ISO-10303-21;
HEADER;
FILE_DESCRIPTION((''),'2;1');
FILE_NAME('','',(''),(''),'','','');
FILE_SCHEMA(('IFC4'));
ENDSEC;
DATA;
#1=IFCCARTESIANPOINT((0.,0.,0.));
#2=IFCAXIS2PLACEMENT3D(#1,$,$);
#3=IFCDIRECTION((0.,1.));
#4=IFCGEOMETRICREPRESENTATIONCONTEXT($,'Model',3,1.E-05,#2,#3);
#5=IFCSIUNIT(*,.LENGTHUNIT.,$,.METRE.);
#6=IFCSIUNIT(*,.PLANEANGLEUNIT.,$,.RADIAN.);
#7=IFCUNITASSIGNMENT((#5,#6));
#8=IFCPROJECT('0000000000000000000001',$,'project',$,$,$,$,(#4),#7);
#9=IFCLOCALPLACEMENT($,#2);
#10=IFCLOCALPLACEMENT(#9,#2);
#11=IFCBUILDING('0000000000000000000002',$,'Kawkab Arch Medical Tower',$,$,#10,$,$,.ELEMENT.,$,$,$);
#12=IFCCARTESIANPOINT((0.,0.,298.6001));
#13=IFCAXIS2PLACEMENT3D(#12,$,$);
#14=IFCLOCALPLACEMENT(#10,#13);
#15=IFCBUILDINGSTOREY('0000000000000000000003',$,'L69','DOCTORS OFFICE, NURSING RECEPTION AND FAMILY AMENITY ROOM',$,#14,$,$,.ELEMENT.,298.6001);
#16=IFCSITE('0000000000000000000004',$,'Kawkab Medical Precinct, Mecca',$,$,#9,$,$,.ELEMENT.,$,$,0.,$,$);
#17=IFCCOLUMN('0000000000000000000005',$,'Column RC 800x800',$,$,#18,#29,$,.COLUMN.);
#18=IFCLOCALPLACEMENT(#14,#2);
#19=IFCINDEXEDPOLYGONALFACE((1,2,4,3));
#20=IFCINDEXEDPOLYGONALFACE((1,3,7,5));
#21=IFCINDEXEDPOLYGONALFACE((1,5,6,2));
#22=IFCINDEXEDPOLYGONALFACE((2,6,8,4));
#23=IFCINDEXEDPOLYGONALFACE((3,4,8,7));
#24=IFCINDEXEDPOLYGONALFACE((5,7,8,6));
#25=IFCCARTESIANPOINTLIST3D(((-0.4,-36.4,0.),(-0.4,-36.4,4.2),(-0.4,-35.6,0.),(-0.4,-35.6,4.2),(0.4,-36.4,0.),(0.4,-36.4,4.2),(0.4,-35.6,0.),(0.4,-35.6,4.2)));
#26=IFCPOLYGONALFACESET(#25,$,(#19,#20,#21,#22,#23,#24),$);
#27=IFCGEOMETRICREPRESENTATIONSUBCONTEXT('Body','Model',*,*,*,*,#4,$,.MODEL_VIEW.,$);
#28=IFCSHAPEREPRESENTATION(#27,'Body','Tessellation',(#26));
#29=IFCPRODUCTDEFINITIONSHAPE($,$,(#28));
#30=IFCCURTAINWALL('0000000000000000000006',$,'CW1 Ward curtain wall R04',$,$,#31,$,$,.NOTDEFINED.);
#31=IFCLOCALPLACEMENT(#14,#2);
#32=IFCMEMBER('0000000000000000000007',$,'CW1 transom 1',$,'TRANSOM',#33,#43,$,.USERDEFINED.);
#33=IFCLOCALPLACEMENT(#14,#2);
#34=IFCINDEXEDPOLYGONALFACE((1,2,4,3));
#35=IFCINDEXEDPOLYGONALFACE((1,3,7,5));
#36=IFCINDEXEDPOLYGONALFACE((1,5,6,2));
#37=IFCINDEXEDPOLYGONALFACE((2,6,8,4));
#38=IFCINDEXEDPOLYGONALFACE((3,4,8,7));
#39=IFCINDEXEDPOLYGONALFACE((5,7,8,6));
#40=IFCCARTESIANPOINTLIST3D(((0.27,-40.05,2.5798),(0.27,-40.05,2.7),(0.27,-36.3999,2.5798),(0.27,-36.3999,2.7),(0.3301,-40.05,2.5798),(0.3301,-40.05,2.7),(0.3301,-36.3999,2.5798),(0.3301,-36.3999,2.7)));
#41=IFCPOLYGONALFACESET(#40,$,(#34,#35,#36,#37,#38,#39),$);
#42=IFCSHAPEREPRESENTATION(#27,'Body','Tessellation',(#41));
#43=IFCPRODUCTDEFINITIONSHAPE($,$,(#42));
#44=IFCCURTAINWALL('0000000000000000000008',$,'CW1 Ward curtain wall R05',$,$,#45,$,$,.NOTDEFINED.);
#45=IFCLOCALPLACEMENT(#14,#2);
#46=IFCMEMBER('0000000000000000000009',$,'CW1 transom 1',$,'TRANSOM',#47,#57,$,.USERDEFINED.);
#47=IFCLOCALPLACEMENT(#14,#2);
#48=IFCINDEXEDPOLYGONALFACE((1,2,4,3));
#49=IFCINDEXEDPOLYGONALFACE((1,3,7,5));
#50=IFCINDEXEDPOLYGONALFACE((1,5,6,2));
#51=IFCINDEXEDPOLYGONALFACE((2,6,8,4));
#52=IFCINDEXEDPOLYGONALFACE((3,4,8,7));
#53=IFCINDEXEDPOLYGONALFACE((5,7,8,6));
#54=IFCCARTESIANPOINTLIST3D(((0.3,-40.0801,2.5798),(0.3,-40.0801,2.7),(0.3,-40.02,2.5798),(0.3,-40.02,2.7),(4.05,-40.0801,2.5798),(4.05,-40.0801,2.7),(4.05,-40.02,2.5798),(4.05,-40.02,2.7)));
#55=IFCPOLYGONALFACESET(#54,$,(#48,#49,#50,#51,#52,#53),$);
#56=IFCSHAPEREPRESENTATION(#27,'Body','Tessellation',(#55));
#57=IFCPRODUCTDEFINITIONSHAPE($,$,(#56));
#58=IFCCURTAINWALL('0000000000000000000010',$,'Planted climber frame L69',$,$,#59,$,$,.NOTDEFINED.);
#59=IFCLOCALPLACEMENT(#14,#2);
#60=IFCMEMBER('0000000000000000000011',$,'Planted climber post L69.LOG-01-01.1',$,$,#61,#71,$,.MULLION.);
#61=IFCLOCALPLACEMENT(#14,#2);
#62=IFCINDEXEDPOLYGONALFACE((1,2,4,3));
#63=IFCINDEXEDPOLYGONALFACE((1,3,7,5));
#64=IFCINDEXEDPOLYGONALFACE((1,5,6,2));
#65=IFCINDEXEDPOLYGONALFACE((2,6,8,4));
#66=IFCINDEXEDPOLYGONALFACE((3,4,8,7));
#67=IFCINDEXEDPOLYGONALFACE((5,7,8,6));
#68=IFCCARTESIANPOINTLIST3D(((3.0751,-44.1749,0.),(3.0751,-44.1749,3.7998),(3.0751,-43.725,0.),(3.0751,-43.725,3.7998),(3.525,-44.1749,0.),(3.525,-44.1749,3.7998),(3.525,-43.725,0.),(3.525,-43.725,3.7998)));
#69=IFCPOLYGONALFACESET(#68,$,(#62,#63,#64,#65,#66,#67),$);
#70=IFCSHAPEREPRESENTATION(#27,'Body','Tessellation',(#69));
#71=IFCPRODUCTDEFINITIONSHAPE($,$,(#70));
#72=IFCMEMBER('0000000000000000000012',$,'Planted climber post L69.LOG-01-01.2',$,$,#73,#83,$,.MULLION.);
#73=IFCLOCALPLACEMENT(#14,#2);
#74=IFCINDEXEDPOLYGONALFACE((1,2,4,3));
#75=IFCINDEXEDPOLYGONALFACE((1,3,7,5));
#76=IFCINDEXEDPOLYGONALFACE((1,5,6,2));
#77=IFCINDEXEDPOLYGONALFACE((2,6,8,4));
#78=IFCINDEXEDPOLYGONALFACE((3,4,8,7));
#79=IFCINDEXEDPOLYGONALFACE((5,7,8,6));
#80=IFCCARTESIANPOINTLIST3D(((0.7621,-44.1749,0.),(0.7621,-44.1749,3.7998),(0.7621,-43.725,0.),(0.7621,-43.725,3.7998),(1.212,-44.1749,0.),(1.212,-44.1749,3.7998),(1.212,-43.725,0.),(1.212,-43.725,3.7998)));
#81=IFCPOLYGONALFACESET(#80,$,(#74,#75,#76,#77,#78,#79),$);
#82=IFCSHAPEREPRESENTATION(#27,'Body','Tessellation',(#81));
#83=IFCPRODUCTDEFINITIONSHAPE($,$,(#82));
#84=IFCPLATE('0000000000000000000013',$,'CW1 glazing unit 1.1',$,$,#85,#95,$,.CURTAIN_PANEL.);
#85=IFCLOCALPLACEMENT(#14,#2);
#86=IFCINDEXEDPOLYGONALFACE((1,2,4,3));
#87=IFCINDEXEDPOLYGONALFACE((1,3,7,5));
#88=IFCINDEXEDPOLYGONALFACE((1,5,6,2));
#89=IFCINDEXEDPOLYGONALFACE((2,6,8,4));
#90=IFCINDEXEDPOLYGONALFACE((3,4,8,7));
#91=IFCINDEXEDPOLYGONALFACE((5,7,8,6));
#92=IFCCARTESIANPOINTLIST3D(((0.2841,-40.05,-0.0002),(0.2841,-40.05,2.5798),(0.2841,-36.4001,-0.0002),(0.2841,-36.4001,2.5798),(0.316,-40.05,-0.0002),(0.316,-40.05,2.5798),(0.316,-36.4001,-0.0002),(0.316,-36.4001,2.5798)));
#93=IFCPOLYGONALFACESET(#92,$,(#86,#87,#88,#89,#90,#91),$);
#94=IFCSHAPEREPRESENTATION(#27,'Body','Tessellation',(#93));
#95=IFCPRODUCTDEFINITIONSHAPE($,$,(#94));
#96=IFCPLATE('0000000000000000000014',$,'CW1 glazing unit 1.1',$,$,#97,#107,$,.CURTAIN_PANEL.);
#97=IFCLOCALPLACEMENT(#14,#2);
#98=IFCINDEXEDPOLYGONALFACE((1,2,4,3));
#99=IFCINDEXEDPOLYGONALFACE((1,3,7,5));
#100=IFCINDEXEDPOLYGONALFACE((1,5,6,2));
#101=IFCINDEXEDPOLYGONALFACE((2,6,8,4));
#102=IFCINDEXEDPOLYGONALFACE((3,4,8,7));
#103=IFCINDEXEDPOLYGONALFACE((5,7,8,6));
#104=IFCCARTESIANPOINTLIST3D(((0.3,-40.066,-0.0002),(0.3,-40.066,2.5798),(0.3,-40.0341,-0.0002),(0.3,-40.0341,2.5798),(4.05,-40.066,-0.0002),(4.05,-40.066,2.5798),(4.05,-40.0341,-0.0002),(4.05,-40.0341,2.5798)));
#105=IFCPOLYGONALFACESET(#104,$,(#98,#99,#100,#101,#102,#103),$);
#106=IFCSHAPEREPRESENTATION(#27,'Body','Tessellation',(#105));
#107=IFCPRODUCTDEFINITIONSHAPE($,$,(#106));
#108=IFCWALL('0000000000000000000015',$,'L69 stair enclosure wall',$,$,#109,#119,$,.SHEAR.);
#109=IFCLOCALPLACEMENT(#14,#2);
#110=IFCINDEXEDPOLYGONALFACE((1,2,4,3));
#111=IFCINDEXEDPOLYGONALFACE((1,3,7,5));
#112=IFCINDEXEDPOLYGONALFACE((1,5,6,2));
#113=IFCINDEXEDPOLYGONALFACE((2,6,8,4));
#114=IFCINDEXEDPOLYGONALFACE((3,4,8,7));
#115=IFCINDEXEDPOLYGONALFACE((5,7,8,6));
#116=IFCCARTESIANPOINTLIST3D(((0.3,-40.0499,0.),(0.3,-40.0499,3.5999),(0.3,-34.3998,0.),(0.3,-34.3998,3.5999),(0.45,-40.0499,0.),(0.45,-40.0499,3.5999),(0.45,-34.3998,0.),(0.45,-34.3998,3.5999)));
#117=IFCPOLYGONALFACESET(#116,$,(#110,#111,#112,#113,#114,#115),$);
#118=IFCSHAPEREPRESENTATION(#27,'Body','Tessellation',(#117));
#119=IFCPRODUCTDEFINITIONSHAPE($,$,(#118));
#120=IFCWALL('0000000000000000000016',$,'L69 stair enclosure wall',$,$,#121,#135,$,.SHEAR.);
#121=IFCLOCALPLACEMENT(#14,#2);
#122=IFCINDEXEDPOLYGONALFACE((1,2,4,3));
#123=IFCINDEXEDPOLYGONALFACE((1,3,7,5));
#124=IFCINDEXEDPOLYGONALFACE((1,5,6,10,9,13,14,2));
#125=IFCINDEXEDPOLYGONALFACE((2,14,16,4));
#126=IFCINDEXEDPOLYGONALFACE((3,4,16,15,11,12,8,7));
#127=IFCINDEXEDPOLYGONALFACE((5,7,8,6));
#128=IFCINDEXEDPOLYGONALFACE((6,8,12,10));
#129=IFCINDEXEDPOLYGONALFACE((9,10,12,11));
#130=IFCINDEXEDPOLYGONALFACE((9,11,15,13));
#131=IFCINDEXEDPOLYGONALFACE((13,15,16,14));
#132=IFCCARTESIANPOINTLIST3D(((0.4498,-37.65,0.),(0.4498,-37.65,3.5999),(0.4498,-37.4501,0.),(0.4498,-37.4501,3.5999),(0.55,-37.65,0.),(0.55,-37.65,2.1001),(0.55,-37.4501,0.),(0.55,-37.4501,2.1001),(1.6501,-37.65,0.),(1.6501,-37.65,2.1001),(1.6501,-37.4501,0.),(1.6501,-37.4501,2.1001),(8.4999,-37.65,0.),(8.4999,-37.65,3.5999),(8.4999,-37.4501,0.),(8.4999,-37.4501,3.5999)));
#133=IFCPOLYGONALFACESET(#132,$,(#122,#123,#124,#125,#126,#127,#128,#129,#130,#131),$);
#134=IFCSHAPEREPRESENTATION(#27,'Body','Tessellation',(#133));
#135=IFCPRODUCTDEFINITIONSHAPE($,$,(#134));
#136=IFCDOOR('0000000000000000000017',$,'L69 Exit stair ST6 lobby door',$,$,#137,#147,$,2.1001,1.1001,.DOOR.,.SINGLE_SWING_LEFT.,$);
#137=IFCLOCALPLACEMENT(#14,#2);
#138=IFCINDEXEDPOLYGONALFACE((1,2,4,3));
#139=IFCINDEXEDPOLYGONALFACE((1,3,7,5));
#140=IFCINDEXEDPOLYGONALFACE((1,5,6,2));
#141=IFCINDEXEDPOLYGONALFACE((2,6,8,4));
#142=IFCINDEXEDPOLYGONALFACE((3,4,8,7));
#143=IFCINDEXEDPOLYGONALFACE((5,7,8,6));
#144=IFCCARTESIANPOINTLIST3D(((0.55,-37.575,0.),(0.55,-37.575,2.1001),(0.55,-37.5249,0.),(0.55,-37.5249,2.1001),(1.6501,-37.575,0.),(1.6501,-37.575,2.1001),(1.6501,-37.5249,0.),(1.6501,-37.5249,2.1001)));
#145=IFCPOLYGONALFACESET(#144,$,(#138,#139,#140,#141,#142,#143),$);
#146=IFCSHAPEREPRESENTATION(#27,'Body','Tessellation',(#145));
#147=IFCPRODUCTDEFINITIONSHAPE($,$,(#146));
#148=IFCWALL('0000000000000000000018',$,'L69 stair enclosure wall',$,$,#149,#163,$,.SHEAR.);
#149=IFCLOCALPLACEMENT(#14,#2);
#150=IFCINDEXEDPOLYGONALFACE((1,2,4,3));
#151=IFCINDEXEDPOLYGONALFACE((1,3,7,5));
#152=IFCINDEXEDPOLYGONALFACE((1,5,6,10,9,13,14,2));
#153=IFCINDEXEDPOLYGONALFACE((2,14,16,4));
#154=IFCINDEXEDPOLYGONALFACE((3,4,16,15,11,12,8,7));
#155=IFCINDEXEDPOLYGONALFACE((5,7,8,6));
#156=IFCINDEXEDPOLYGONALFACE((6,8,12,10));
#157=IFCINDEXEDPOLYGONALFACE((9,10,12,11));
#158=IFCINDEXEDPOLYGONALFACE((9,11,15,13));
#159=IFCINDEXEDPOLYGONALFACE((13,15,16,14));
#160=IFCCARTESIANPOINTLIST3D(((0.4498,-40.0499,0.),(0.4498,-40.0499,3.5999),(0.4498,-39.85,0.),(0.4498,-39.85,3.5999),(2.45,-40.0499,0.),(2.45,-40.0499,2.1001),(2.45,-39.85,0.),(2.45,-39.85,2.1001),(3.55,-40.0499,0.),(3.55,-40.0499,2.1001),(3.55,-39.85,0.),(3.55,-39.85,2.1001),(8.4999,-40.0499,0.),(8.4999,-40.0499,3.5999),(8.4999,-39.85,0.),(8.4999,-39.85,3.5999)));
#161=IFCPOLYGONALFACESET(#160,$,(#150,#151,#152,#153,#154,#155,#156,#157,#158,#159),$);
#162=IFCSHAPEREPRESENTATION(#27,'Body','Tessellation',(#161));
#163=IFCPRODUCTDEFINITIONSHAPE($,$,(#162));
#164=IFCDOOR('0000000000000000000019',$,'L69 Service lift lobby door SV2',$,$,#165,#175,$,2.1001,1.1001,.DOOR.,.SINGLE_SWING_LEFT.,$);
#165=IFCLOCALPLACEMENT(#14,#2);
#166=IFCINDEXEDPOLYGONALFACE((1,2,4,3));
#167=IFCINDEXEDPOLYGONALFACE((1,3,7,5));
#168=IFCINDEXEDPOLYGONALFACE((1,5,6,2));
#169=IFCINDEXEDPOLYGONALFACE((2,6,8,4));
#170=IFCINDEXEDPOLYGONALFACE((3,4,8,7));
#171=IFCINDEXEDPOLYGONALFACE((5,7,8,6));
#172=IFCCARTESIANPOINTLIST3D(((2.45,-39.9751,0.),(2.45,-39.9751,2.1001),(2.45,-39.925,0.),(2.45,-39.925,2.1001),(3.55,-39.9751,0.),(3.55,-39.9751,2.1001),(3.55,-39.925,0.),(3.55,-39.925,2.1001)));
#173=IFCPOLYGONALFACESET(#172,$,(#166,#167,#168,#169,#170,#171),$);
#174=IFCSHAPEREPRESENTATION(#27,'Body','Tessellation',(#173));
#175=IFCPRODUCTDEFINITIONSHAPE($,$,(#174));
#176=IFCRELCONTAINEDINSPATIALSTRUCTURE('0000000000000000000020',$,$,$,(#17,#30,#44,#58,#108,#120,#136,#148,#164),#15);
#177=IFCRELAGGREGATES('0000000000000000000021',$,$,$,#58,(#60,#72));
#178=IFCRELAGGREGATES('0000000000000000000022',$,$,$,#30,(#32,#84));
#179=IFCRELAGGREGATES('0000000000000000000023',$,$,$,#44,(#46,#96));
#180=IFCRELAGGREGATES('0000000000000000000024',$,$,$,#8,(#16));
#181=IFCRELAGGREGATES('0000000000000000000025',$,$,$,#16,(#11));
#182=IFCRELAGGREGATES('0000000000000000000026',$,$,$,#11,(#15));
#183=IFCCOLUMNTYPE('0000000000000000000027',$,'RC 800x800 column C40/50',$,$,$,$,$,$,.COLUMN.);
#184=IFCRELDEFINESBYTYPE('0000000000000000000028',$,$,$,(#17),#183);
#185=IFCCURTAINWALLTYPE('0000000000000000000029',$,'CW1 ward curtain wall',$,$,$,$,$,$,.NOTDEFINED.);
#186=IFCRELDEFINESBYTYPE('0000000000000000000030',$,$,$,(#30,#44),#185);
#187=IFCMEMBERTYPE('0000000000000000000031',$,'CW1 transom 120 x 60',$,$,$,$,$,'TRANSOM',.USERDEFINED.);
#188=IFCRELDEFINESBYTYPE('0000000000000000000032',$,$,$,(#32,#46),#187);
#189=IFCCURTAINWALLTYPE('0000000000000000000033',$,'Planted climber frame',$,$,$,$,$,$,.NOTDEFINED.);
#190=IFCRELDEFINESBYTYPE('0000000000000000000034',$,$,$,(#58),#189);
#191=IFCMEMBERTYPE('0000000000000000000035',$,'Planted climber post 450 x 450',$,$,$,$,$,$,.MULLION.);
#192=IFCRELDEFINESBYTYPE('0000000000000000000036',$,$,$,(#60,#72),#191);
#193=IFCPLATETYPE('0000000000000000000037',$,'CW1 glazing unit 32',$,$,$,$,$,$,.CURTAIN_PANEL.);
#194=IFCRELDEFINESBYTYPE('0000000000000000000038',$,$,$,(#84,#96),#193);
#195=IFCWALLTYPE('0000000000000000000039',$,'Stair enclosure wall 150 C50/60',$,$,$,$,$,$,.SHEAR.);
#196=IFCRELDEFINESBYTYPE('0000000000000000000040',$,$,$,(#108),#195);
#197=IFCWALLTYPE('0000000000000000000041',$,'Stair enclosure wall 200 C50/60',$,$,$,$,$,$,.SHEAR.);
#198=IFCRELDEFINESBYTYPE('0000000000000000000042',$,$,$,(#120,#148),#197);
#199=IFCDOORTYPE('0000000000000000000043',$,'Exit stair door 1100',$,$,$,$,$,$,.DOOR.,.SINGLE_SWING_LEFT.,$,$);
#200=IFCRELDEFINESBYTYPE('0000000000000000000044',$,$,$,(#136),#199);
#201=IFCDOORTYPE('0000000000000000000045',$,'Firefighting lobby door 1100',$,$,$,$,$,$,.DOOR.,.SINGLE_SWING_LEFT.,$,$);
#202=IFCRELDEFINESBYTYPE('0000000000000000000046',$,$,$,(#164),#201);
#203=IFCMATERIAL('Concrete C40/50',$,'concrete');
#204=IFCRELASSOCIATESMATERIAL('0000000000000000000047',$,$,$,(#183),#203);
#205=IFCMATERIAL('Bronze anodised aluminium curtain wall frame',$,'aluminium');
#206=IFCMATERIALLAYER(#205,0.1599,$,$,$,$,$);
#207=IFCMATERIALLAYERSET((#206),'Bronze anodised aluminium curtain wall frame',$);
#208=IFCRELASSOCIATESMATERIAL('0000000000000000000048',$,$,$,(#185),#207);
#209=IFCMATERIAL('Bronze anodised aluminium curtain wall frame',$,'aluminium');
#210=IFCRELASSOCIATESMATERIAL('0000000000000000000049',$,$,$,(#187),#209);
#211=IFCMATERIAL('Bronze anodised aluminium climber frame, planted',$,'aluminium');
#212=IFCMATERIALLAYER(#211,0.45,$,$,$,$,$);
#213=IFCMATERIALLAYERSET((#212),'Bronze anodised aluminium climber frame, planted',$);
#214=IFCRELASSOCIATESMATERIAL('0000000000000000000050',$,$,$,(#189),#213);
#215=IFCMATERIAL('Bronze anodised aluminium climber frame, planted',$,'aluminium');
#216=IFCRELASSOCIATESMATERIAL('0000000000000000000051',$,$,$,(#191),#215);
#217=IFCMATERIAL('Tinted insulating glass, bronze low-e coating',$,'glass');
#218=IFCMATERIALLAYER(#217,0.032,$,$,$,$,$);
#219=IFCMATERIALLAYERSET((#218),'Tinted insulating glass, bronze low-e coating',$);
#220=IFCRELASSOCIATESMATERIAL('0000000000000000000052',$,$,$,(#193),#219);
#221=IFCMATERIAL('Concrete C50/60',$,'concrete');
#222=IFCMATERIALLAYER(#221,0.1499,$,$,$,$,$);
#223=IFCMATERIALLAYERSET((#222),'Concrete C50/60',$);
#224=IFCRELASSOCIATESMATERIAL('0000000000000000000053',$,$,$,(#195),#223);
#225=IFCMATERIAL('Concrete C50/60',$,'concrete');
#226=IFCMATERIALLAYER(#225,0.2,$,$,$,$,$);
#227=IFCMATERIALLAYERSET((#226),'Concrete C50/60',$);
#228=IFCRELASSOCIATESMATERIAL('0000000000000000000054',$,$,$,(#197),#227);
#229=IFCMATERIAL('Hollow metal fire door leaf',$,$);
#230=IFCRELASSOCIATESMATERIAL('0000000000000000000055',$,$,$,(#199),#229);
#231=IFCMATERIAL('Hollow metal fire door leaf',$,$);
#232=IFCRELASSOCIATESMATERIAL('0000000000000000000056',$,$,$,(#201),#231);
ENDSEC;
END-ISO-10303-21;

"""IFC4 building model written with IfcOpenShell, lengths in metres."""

from ifc_helpers import new_model, si_unit, direction, frame, frame_2d, origin, origin_2d, place, context, subcontext, project, spatial, rectangle, extrude, material, layer, layer_set, material_profile, profile_set, type_object, element, fill, aggregate, save


model = new_model("IFC4")

# Units and contexts
model_context = context("Model", 3, precision=1e-05, world=origin(), true_north=direction((0.0, 1.0)))
body_context = subcontext(model_context, "Body", "Model", "MODEL_VIEW")
ifc_project = project(units=[si_unit("LENGTHUNIT", "METRE"), si_unit("PLANEANGLEUNIT", "RADIAN")], contexts=[model_context])

# Site, building, storey
site_placement = place(None, origin())
site = spatial("IfcSite", under=ifc_project, at=site_placement, Name="Kawkab Medical Precinct, Mecca", CompositionType="ELEMENT", RefElevation=0.0)
building_placement = place(site_placement, origin())
building = spatial("IfcBuilding", under=site, at=building_placement, Name="Kawkab Arch Medical Tower", CompositionType="ELEMENT")
storey_placement = place(building_placement, frame((0.0, 0.0, 298.6001)))
storey = spatial("IfcBuildingStorey", under=building, at=storey_placement, Name="L69", Description="DOCTORS OFFICE, NURSING RECEPTION AND FAMILY AMENITY ROOM", CompositionType="ELEMENT", Elevation=298.6001)

# Column
ifc_material_1 = material(Name="Concrete C40/50", Category="concrete")
ifc_material_profile_1 = material_profile(ifc_material_1, rectangle(XDim=0.8, YDim=0.8, at=origin_2d()), Name="RC 800x800")
ifc_profile_set_1 = profile_set([ifc_material_profile_1], Name="Concrete C40/50")
column_type = type_object("IfcColumnType", Name="RC 800x800 column C40/50", PredefinedType="COLUMN", material=ifc_profile_set_1)
column_placement = place(storey_placement, frame((0.0, -36.0, 0.0), z_axis=(0.0, 0.0, 1.0), x_axis=(1.0, 0.0, 0.0)))
element("IfcColumn", 1, at=column_placement, inside=storey, type_object=column_type, Name="Column RC 800x800", PredefinedType="COLUMN", context=body_context, shape_type="SweptSolid", body=[
    extrude(rectangle(XDim=0.8, YDim=0.8, at=origin_2d()), origin(), (0.0, 0.0, 1.0), 4.2),
])

# Curtain walls, members
ifc_material_2 = material(Name="Bronze anodised aluminium curtain wall frame", Category="aluminium")
ifc_layer_1 = layer(ifc_material_2, 0.1599)
ifc_layer_set_1 = layer_set([ifc_layer_1], Name="Bronze anodised aluminium curtain wall frame")
curtain_wall_type_1 = type_object("IfcCurtainWallType", Name="CW1 ward curtain wall", PredefinedType="NOTDEFINED", material=ifc_layer_set_1)
placement = place(storey_placement, origin())
curtain_wall_1 = element("IfcCurtainWall", 2, at=placement, inside=storey, type_object=curtain_wall_type_1, Name="CW1 Ward curtain wall R04", PredefinedType="NOTDEFINED")
ifc_material_3 = material(Name="Bronze anodised aluminium curtain wall frame", Category="aluminium")
ifc_material_profile_2 = material_profile(ifc_material_3, rectangle(XDim=0.0601, YDim=0.1201, at=origin_2d()), Name="AL 60x120")
ifc_profile_set_2 = profile_set([ifc_material_profile_2], Name="Bronze anodised aluminium curtain wall frame")
member_type_1 = type_object("IfcMemberType", Name="CW1 transom 120 x 60", ElementType="TRANSOM", PredefinedType="USERDEFINED", material=ifc_profile_set_2)
member_1_placement = place(storey_placement, frame((0.3, -36.3999, 2.6399), z_axis=(0.0, -1.0, 0.0), x_axis=(1.0, 0.0, 0.0)))
member_1 = element("IfcMember", 3, at=member_1_placement, type_object=member_type_1, Name="CW1 transom 1", ObjectType="TRANSOM", PredefinedType="USERDEFINED", context=body_context, shape_type="SweptSolid", body=[
    extrude(rectangle(XDim=0.0601, YDim=0.1201, at=origin_2d()), origin(), (0.0, 0.0, 1.0), 3.6501),
])
curtain_wall_2 = element("IfcCurtainWall", 4, at=placement, inside=storey, type_object=curtain_wall_type_1, Name="CW1 Ward curtain wall R05", PredefinedType="NOTDEFINED")
member_2_placement = place(storey_placement, frame((0.3, -40.05, 2.6399), z_axis=(1.0, 0.0, 0.0), x_axis=(0.0, 1.0, 0.0)))
member_2 = element("IfcMember", 5, at=member_2_placement, type_object=member_type_1, Name="CW1 transom 1", ObjectType="TRANSOM", PredefinedType="USERDEFINED", context=body_context, shape_type="SweptSolid", body=[
    extrude(rectangle(XDim=0.0601, YDim=0.1201, at=origin_2d()), origin(), (0.0, 0.0, 1.0), 3.75),
])

# Curtain wall, members
ifc_material_4 = material(Name="Bronze anodised aluminium climber frame, planted", Category="aluminium")
ifc_layer_2 = layer(ifc_material_4, 0.45)
ifc_layer_set_2 = layer_set([ifc_layer_2], Name="Bronze anodised aluminium climber frame, planted")
curtain_wall_type_2 = type_object("IfcCurtainWallType", Name="Planted climber frame", PredefinedType="NOTDEFINED", material=ifc_layer_set_2)
curtain_wall_3 = element("IfcCurtainWall", 6, at=placement, inside=storey, type_object=curtain_wall_type_2, Name="Planted climber frame L69", PredefinedType="NOTDEFINED")
ifc_material_5 = material(Name="Bronze anodised aluminium climber frame, planted", Category="aluminium")
ifc_material_profile_3 = material_profile(ifc_material_5, rectangle(XDim=0.45, YDim=0.45, at=origin_2d()), Name="Post 450x450")
ifc_profile_set_3 = profile_set([ifc_material_profile_3], Name="Bronze anodised aluminium climber frame, planted")
member_type_2 = type_object("IfcMemberType", Name="Planted climber post 450 x 450", PredefinedType="MULLION", material=ifc_profile_set_3)
member_3_placement = place(storey_placement, frame((3.3, -43.95, 0.0), z_axis=(0.0, 0.0, 1.0), x_axis=(1.0, 0.0, 0.0)))
member_3 = element("IfcMember", 7, at=member_3_placement, type_object=member_type_2, Name="Planted climber post L69.LOG-01-01.1", PredefinedType="MULLION", context=body_context, shape_type="SweptSolid", body=[
    extrude(rectangle(XDim=0.45, YDim=0.45, at=origin_2d()), origin(), (0.0, 0.0, 1.0), 3.7998),
])
member_4_placement = place(storey_placement, frame((0.9871, -43.95, 0.0), z_axis=(0.0, 0.0, 1.0), x_axis=(1.0, 0.0, 0.0)))
member_4 = element("IfcMember", 8, at=member_4_placement, type_object=member_type_2, Name="Planted climber post L69.LOG-01-01.2", PredefinedType="MULLION", context=body_context, shape_type="SweptSolid", body=[
    extrude(rectangle(XDim=0.45, YDim=0.45, at=origin_2d()), origin(), (0.0, 0.0, 1.0), 3.7998),
])
aggregate(curtain_wall_3, [member_3, member_4])

# Plates
ifc_material_6 = material(Name="Tinted insulating glass, bronze low-e coating", Category="glass")
ifc_layer_3 = layer(ifc_material_6, 0.032)
ifc_layer_set_3 = layer_set([ifc_layer_3], Name="Tinted insulating glass, bronze low-e coating")
plate_type = type_object("IfcPlateType", Name="CW1 glazing unit 32", PredefinedType="CURTAIN_PANEL", material=ifc_layer_set_3)
plate_1_placement = place(storey_placement, frame((0.3, -38.2251, -0.0002), z_axis=(0.0, 0.0, 1.0), x_axis=(0.0, -1.0, 0.0)))
plate_1 = element("IfcPlate", 9, at=plate_1_placement, type_object=plate_type, Name="CW1 glazing unit 1.1", PredefinedType="CURTAIN_PANEL", context=body_context, shape_type="SweptSolid", body=[
    extrude(rectangle(XDim=3.6499, YDim=0.032, at=origin_2d()), origin(), (0.0, 0.0, 1.0), 2.5801),
])
aggregate(curtain_wall_1, [member_1, plate_1])
plate_2_placement = place(storey_placement, frame((2.175, -40.05, -0.0002), z_axis=(0.0, 0.0, 1.0), x_axis=(1.0, 0.0, 0.0)))
plate_2 = element("IfcPlate", 10, at=plate_2_placement, type_object=plate_type, Name="CW1 glazing unit 1.1", PredefinedType="CURTAIN_PANEL", context=body_context, shape_type="SweptSolid", body=[
    extrude(rectangle(XDim=3.75, YDim=0.032, at=origin_2d()), origin(), (0.0, 0.0, 1.0), 2.5801),
])
aggregate(curtain_wall_2, [member_2, plate_2])

# Wall
ifc_material_7 = material(Name="Concrete C50/60", Category="concrete")
ifc_layer_4 = layer(ifc_material_7, 0.1499)
ifc_layer_set_4 = layer_set([ifc_layer_4], Name="Concrete C50/60")
wall_type_1 = type_object("IfcWallType", Name="Stair enclosure wall 150 C50/60", PredefinedType="SHEAR", material=ifc_layer_set_4)
wall_1_placement = place(storey_placement, frame((0.375, -40.05, 0.0), z_axis=(0.0, 0.0, 1.0), x_axis=(0.0, 1.0, 0.0)))
element("IfcWall", 11, at=wall_1_placement, inside=storey, type_object=wall_type_1, Name="L69 stair enclosure wall", PredefinedType="SHEAR", context=body_context, shape_type="SweptSolid", body=[
    extrude(rectangle(XDim=5.6501, YDim=0.1499, at=frame_2d((2.8252, 0.0))), origin(), (0.0, 0.0, 1.0), 3.5999),
])

# Walls, openings, doors
ifc_material_8 = material(Name="Concrete C50/60", Category="concrete")
ifc_layer_5 = layer(ifc_material_8, 0.2)
ifc_layer_set_5 = layer_set([ifc_layer_5], Name="Concrete C50/60")
wall_type_2 = type_object("IfcWallType", Name="Stair enclosure wall 200 C50/60", PredefinedType="SHEAR", material=ifc_layer_set_5)
wall_2_placement = place(storey_placement, frame((0.45, -37.55, 0.0), z_axis=(0.0, 0.0, 1.0), x_axis=(1.0, 0.0, 0.0)))
wall_2 = element("IfcWall", 12, at=wall_2_placement, inside=storey, type_object=wall_type_2, Name="L69 stair enclosure wall", PredefinedType="SHEAR", context=body_context, shape_type="SweptSolid", body=[
    extrude(rectangle(XDim=8.05, YDim=0.2, at=frame_2d((4.0249, 0.0))), origin(), (0.0, 0.0, 1.0), 3.5999),
])
opening_1_placement = place(wall_2_placement, frame((0.1001, 0.0, 0.0)))
opening_1 = element("IfcOpeningElement", 13, at=opening_1_placement, cuts=wall_2, PredefinedType="OPENING", context=body_context, shape_type="SweptSolid", body=[
    extrude(rectangle(XDim=1.1001, YDim=2.1001, at=frame_2d((0.55, 1.05))), frame((0.0, 0.1099, 0.0), z_axis=(0.0, -1.0, 0.0), x_axis=(1.0, 0.0, 0.0)), (0.0, 0.0, 1.0), 0.22),
])
ifc_material_9 = material(Name="Hollow metal fire door leaf")
door_type_1 = type_object("IfcDoorType", Name="Exit stair door 1100", OperationType="SINGLE_SWING_LEFT", PredefinedType="DOOR", material=ifc_material_9)
door_1_placement = place(opening_1_placement, frame((1.1001, 0.0, 0.0), z_axis=(0.0, 0.0, 1.0), x_axis=(-1.0, 0.0, 0.0)))
door_1 = element("IfcDoor", 14, at=door_1_placement, inside=storey, type_object=door_type_1, Name="L69 Exit stair ST6 lobby door", OperationType="SINGLE_SWING_LEFT", OverallHeight=2.1001, OverallWidth=1.1001, PredefinedType="DOOR", context=body_context, shape_type="SweptSolid", body=[
    extrude(rectangle(XDim=1.1001, YDim=2.1001, at=frame_2d((0.55, 1.05))), frame((0.0, 0.0249, 0.0), z_axis=(0.0, -1.0, 0.0), x_axis=(1.0, 0.0, 0.0)), (0.0, 0.0, 1.0), 0.05),
])
fill(opening_1, door_1)
wall_3_placement = place(storey_placement, frame((0.45, -39.95, 0.0), z_axis=(0.0, 0.0, 1.0), x_axis=(1.0, 0.0, 0.0)))
wall_3 = element("IfcWall", 15, at=wall_3_placement, inside=storey, type_object=wall_type_2, Name="L69 stair enclosure wall", PredefinedType="SHEAR", context=body_context, shape_type="SweptSolid", body=[
    extrude(rectangle(XDim=8.05, YDim=0.2, at=frame_2d((4.0249, 0.0))), origin(), (0.0, 0.0, 1.0), 3.5999),
])
opening_2_placement = place(wall_3_placement, frame((2.0, 0.0, 0.0)))
opening_2 = element("IfcOpeningElement", 16, at=opening_2_placement, cuts=wall_3, PredefinedType="OPENING", context=body_context, shape_type="SweptSolid", body=[
    extrude(rectangle(XDim=1.1001, YDim=2.1001, at=frame_2d((0.55, 1.05))), frame((0.0, 0.1099, 0.0), z_axis=(0.0, -1.0, 0.0), x_axis=(1.0, 0.0, 0.0)), (0.0, 0.0, 1.0), 0.22),
])
ifc_material_10 = material(Name="Hollow metal fire door leaf")
door_type_2 = type_object("IfcDoorType", Name="Firefighting lobby door 1100", OperationType="SINGLE_SWING_LEFT", PredefinedType="DOOR", material=ifc_material_10)
door_2_placement = place(opening_2_placement, origin())
door_2 = element("IfcDoor", 17, at=door_2_placement, inside=storey, type_object=door_type_2, Name="L69 Service lift lobby door SV2", OperationType="SINGLE_SWING_LEFT", OverallHeight=2.1001, OverallWidth=1.1001, PredefinedType="DOOR", context=body_context, shape_type="SweptSolid", body=[
    extrude(rectangle(XDim=1.1001, YDim=2.1001, at=frame_2d((0.55, 1.05))), frame((0.0, 0.0249, 0.0), z_axis=(0.0, -1.0, 0.0), x_axis=(1.0, 0.0, 0.0)), (0.0, 0.0, 1.0), 0.05),
])
fill(opening_2, door_2)

save(model, "model.ifc")
